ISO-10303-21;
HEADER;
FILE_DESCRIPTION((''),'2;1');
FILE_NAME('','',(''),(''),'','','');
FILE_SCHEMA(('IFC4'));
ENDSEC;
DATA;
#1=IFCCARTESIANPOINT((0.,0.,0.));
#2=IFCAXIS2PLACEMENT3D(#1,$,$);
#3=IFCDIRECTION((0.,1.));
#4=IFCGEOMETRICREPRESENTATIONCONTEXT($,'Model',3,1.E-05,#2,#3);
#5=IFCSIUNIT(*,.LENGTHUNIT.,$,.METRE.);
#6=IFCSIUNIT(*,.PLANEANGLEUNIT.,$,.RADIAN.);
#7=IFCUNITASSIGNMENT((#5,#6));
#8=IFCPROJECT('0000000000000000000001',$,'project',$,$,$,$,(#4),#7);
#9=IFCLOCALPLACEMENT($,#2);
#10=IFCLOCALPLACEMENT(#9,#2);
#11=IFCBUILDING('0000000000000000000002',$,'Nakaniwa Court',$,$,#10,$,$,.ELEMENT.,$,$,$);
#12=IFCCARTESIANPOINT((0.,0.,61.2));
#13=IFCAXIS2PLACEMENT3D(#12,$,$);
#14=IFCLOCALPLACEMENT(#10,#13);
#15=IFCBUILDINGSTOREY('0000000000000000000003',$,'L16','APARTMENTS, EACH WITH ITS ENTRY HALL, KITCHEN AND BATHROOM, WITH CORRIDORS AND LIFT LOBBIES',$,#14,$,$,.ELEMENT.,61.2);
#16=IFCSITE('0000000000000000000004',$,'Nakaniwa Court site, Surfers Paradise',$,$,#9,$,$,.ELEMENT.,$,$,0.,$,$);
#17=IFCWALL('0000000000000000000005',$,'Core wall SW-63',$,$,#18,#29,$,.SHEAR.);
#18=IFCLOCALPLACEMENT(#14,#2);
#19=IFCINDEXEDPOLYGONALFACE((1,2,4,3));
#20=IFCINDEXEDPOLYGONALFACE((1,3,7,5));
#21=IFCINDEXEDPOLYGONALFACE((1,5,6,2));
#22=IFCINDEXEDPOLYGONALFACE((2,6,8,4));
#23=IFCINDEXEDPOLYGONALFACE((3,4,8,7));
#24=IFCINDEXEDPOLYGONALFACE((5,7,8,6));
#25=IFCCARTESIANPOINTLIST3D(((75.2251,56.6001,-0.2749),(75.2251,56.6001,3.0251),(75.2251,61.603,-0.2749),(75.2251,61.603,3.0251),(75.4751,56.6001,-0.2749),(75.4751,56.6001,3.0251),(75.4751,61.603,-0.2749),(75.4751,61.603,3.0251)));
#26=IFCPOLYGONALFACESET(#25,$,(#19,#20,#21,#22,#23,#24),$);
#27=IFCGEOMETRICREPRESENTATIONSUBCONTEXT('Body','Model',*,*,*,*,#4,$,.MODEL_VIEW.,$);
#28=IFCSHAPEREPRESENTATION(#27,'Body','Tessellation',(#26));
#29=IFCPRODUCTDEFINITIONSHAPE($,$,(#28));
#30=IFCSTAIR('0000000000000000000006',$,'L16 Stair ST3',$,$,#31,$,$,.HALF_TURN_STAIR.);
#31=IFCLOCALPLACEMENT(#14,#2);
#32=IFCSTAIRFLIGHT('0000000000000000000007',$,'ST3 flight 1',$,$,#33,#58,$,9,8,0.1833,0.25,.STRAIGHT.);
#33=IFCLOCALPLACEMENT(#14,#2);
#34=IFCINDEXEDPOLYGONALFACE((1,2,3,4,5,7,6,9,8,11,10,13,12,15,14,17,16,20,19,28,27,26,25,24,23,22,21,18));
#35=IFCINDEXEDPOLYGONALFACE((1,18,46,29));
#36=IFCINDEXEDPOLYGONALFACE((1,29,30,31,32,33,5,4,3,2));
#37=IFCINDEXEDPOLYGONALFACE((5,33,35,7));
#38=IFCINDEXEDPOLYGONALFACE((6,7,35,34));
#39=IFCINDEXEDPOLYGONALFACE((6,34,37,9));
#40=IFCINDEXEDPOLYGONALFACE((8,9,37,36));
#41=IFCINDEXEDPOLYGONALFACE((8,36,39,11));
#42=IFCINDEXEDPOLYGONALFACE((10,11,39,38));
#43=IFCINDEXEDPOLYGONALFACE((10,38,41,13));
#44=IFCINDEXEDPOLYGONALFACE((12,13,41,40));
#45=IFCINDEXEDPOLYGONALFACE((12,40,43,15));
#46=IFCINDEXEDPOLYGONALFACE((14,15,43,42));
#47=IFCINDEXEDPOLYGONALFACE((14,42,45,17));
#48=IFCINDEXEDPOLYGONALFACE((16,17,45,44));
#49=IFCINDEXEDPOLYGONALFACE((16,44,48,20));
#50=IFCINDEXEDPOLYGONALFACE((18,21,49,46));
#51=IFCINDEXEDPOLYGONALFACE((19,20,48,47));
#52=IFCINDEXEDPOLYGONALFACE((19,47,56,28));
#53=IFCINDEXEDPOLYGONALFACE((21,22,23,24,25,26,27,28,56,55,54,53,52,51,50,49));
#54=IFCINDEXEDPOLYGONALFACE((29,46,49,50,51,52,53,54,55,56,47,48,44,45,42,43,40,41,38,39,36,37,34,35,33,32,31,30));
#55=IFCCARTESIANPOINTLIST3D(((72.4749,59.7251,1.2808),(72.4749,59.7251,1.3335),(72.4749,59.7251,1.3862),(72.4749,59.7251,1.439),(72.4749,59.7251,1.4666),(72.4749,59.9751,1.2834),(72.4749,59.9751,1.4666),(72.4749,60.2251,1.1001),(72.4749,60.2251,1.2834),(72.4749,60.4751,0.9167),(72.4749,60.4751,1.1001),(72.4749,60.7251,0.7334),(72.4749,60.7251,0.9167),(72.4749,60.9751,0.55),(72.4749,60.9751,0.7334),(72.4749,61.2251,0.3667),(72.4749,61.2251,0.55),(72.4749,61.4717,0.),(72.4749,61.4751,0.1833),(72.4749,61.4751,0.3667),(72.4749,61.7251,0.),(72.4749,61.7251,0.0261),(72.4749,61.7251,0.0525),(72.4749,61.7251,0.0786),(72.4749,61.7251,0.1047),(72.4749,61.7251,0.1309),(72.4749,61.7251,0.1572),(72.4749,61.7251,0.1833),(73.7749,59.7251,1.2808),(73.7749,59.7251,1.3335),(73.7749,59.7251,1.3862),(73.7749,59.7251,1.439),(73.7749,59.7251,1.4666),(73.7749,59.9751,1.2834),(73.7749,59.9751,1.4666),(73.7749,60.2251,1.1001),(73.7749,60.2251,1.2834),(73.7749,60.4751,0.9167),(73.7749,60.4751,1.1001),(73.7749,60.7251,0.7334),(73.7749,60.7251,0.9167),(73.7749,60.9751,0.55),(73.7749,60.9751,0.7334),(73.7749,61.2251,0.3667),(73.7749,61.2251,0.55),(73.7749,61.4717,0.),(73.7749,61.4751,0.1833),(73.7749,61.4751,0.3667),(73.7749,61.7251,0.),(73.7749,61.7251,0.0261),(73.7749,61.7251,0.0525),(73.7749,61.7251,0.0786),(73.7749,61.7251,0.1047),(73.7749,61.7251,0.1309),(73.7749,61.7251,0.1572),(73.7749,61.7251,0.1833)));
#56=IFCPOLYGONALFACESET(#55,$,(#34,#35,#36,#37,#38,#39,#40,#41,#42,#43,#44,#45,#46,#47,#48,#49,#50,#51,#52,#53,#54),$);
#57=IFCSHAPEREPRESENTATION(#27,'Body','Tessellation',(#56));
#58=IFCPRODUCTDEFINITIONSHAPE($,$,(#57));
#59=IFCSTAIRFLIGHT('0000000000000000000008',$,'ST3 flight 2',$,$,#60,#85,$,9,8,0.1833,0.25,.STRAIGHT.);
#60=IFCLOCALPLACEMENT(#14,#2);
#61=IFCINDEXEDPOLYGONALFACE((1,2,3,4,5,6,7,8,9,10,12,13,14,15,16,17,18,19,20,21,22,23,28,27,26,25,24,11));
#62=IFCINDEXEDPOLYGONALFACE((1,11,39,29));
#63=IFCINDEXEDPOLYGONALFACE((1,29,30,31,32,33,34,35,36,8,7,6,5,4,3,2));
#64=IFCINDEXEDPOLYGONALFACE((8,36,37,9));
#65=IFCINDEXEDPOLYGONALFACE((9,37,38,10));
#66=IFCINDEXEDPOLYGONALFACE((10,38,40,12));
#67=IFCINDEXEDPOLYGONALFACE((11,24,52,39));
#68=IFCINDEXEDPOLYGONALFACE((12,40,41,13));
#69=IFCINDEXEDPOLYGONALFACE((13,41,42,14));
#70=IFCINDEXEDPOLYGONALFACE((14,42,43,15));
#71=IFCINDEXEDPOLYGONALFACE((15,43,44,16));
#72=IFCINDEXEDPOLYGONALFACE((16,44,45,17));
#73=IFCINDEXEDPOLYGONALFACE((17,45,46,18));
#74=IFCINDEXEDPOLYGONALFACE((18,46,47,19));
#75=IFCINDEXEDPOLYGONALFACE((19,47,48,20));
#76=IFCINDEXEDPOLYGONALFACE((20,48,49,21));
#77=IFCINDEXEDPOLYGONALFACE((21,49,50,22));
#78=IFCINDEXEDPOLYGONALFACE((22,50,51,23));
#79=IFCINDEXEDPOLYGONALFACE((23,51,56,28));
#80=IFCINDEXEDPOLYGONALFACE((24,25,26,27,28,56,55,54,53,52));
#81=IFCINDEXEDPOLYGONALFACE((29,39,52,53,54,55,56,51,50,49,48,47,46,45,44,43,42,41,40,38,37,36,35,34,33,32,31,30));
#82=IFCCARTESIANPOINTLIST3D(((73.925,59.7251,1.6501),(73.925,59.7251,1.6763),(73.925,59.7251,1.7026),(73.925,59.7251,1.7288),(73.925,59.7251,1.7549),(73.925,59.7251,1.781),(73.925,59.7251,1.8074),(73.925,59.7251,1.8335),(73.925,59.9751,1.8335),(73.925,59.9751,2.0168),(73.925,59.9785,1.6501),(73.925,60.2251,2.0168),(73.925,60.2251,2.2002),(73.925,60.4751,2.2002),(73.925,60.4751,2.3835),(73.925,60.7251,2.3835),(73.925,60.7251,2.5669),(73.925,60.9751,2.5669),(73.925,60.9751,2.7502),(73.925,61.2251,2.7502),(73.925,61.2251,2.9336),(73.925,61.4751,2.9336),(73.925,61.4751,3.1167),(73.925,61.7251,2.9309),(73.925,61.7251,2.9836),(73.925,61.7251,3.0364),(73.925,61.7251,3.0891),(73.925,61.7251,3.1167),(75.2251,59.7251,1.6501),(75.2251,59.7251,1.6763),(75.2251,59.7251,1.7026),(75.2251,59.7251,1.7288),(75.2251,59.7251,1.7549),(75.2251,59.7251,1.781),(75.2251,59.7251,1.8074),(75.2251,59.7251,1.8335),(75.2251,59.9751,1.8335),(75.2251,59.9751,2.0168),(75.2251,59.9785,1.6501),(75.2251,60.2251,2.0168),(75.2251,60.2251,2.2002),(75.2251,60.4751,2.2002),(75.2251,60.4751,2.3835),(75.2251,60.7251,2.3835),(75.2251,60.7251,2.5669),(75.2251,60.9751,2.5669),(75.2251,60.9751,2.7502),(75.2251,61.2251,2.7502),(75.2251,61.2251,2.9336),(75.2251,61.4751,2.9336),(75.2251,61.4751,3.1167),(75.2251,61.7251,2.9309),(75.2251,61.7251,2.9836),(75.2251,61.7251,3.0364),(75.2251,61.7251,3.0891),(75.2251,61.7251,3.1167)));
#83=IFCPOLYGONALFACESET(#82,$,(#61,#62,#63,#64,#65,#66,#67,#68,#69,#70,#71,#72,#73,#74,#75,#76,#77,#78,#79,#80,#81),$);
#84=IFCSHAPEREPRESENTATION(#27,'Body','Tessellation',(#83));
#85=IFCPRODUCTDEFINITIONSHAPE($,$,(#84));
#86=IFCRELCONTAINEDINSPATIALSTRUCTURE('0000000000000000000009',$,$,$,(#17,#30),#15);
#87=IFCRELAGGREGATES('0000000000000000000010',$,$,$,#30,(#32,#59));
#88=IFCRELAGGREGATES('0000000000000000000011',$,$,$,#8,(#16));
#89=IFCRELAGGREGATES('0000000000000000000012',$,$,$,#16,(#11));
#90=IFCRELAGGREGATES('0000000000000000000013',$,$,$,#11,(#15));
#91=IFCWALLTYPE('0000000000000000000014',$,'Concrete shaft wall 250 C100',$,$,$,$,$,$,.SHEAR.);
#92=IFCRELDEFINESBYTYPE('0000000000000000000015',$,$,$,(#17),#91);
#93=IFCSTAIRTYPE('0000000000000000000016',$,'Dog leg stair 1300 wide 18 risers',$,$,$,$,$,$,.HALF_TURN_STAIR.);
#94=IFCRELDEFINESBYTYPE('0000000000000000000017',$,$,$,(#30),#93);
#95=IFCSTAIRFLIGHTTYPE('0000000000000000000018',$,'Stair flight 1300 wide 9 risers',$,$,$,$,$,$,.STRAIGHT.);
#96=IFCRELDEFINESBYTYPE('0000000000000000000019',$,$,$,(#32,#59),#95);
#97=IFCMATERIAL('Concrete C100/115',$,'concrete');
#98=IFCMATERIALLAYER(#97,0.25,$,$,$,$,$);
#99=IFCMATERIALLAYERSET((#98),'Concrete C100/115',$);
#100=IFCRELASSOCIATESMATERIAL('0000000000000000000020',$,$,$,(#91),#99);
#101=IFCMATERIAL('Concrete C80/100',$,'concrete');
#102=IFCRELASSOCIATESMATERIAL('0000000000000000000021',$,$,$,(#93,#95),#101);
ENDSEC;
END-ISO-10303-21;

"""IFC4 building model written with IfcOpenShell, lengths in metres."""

from ifc_helpers import new_model, si_unit, direction, frame, frame_2d, origin, place, context, subcontext, project, spatial, polyline, rectangle, outline, extrude, material, layer, layer_set, type_object, element, aggregate, save


model = new_model("IFC4")

# Units and contexts
model_context = context("Model", 3, precision=1e-05, world=origin(), true_north=direction((0.0, 1.0)))
body_context = subcontext(model_context, "Body", "Model", "MODEL_VIEW")
ifc_project = project(units=[si_unit("LENGTHUNIT", "METRE"), si_unit("PLANEANGLEUNIT", "RADIAN")], contexts=[model_context])

# Site, building, storey
site_placement = place(None, origin())
site = spatial("IfcSite", under=ifc_project, at=site_placement, Name="Nakaniwa Court site, Surfers Paradise", CompositionType="ELEMENT", RefElevation=0.0)
building_placement = place(site_placement, origin())
building = spatial("IfcBuilding", under=site, at=building_placement, Name="Nakaniwa Court", CompositionType="ELEMENT")
storey_placement = place(building_placement, frame((0.0, 0.0, 61.2)))
storey = spatial("IfcBuildingStorey", under=building, at=storey_placement, Name="L16", Description="APARTMENTS, EACH WITH ITS ENTRY HALL, KITCHEN AND BATHROOM, WITH CORRIDORS AND LIFT LOBBIES", CompositionType="ELEMENT", Elevation=61.2)

# Shared definitions
ifc_material_1 = material(Name="Concrete C80/100", Category="concrete")

# Shared definitions
ifc_material_2 = material(Name="Concrete C100/115", Category="concrete")

# Wall
ifc_layer_1 = layer(ifc_material_2, 0.25)
ifc_layer_set_1 = layer_set([ifc_layer_1], Name="Concrete C100/115")
wall_type_1 = type_object("IfcWallType", Name="Concrete shaft wall 250 C100", PredefinedType="SHEAR", material=ifc_layer_set_1)
wall_1_placement = place(storey_placement, frame((75.3501, 56.6001, -0.2749), z_axis=(0.0, 0.0, 1.0), x_axis=(0.0, 1.0, 0.0)))
element("IfcWall", 1, at=wall_1_placement, inside=storey, type_object=wall_type_1, Name="Core wall SW-63", PredefinedType="SHEAR", context=body_context, shape_type="SweptSolid", body=[
    extrude(rectangle(XDim=5.0029, YDim=0.25, at=frame_2d((2.5015, 0.0))), origin(), (0.0, 0.0, 1.0), 3.3),
])

# Stair, stair flights
stair_type = type_object("IfcStairType", Name="Dog leg stair 1300 wide 18 risers", PredefinedType="HALF_TURN_STAIR", material=ifc_material_1)
stair_placement = place(storey_placement, origin())
stair = element("IfcStair", 2, at=stair_placement, inside=storey, type_object=stair_type, Name="L16 Stair ST3", PredefinedType="HALF_TURN_STAIR")
stair_flight_type = type_object("IfcStairFlightType", Name="Stair flight 1300 wide 9 risers", PredefinedType="STRAIGHT", material=ifc_material_1)
stair_flight_1_placement = place(storey_placement, frame((73.125, 61.7251, 0.0), z_axis=(0.0, 0.0, 1.0), x_axis=(0.0, -1.0, 0.0)))
stair_flight_1 = element("IfcStairFlight", 3, at=stair_flight_1_placement, type_object=stair_flight_type, Name="ST3 flight 1", NumberOfRisers=9, NumberOfTreads=8, PredefinedType="STRAIGHT", RiserHeight=0.1833, TreadLength=0.25, context=body_context, shape_type="SweptSolid", body=[
    extrude(outline(polyline([(0.0, 0.0), (0.0, 0.0261), (0.0, 0.0525), (0.0, 0.0786), (0.0, 0.1047), (0.0, 0.1309), (0.0, 0.1572), (0.0, 0.1833), (0.25, 0.1833), (0.25, 0.3667), (0.5, 0.3667), (0.5, 0.55), (0.75, 0.55), (0.75, 0.7334), (1.0, 0.7334), (1.0, 0.9167), (1.25, 0.9167), (1.25, 1.1001), (1.5, 1.1001), (1.5, 1.2834), (1.75, 1.2834), (1.75, 1.4666), (2.0, 1.4666), (2.0, 1.6499), (2.0, 1.5972), (2.0, 1.5444), (2.0, 1.4917), (2.0, 1.439), (2.0, 1.3862), (2.0, 1.3335), (2.0, 1.2808), (0.2534, 0.0), (0.0, 0.0)])), frame((0.0, 0.6499, 0.0), z_axis=(0.0, -1.0, 0.0), x_axis=(1.0, 0.0, 0.0)), (0.0, 0.0, 1.0), 1.3),
])
stair_flight_2_placement = place(storey_placement, frame((74.575, 59.7251, 1.6501), z_axis=(0.0, 0.0, 1.0), x_axis=(0.0, 1.0, 0.0)))
stair_flight_2 = element("IfcStairFlight", 4, at=stair_flight_2_placement, type_object=stair_flight_type, Name="ST3 flight 2", NumberOfRisers=9, NumberOfTreads=8, PredefinedType="STRAIGHT", RiserHeight=0.1833, TreadLength=0.25, context=body_context, shape_type="SweptSolid", body=[
    extrude(outline(polyline([(0.0, 0.0), (0.0, 0.0261), (0.0, 0.0525), (0.0, 0.0786), (0.0, 0.1047), (0.0, 0.1309), (0.0, 0.1572), (0.0, 0.1833), (0.25, 0.1833), (0.25, 0.3667), (0.5, 0.3667), (0.5, 0.55), (0.75, 0.55), (0.75, 0.7334), (1.0, 0.7334), (1.0, 0.9167), (1.25, 0.9167), (1.25, 1.1001), (1.5, 1.1001), (1.5, 1.2834), (1.75, 1.2834), (1.75, 1.4666), (2.0, 1.4666), (2.0, 1.6499), (2.0, 1.5972), (2.0, 1.5444), (2.0, 1.4917), (2.0, 1.439), (2.0, 1.3862), (2.0, 1.3335), (2.0, 1.2808), (0.2534, 0.0), (0.0, 0.0)])), frame((0.0, 0.6499, 0.0), z_axis=(0.0, -1.0, 0.0), x_axis=(1.0, 0.0, 0.0)), (0.0, 0.0, 1.0), 1.3),
])
aggregate(stair, [stair_flight_1, stair_flight_2])

save(model, "model.ifc")
